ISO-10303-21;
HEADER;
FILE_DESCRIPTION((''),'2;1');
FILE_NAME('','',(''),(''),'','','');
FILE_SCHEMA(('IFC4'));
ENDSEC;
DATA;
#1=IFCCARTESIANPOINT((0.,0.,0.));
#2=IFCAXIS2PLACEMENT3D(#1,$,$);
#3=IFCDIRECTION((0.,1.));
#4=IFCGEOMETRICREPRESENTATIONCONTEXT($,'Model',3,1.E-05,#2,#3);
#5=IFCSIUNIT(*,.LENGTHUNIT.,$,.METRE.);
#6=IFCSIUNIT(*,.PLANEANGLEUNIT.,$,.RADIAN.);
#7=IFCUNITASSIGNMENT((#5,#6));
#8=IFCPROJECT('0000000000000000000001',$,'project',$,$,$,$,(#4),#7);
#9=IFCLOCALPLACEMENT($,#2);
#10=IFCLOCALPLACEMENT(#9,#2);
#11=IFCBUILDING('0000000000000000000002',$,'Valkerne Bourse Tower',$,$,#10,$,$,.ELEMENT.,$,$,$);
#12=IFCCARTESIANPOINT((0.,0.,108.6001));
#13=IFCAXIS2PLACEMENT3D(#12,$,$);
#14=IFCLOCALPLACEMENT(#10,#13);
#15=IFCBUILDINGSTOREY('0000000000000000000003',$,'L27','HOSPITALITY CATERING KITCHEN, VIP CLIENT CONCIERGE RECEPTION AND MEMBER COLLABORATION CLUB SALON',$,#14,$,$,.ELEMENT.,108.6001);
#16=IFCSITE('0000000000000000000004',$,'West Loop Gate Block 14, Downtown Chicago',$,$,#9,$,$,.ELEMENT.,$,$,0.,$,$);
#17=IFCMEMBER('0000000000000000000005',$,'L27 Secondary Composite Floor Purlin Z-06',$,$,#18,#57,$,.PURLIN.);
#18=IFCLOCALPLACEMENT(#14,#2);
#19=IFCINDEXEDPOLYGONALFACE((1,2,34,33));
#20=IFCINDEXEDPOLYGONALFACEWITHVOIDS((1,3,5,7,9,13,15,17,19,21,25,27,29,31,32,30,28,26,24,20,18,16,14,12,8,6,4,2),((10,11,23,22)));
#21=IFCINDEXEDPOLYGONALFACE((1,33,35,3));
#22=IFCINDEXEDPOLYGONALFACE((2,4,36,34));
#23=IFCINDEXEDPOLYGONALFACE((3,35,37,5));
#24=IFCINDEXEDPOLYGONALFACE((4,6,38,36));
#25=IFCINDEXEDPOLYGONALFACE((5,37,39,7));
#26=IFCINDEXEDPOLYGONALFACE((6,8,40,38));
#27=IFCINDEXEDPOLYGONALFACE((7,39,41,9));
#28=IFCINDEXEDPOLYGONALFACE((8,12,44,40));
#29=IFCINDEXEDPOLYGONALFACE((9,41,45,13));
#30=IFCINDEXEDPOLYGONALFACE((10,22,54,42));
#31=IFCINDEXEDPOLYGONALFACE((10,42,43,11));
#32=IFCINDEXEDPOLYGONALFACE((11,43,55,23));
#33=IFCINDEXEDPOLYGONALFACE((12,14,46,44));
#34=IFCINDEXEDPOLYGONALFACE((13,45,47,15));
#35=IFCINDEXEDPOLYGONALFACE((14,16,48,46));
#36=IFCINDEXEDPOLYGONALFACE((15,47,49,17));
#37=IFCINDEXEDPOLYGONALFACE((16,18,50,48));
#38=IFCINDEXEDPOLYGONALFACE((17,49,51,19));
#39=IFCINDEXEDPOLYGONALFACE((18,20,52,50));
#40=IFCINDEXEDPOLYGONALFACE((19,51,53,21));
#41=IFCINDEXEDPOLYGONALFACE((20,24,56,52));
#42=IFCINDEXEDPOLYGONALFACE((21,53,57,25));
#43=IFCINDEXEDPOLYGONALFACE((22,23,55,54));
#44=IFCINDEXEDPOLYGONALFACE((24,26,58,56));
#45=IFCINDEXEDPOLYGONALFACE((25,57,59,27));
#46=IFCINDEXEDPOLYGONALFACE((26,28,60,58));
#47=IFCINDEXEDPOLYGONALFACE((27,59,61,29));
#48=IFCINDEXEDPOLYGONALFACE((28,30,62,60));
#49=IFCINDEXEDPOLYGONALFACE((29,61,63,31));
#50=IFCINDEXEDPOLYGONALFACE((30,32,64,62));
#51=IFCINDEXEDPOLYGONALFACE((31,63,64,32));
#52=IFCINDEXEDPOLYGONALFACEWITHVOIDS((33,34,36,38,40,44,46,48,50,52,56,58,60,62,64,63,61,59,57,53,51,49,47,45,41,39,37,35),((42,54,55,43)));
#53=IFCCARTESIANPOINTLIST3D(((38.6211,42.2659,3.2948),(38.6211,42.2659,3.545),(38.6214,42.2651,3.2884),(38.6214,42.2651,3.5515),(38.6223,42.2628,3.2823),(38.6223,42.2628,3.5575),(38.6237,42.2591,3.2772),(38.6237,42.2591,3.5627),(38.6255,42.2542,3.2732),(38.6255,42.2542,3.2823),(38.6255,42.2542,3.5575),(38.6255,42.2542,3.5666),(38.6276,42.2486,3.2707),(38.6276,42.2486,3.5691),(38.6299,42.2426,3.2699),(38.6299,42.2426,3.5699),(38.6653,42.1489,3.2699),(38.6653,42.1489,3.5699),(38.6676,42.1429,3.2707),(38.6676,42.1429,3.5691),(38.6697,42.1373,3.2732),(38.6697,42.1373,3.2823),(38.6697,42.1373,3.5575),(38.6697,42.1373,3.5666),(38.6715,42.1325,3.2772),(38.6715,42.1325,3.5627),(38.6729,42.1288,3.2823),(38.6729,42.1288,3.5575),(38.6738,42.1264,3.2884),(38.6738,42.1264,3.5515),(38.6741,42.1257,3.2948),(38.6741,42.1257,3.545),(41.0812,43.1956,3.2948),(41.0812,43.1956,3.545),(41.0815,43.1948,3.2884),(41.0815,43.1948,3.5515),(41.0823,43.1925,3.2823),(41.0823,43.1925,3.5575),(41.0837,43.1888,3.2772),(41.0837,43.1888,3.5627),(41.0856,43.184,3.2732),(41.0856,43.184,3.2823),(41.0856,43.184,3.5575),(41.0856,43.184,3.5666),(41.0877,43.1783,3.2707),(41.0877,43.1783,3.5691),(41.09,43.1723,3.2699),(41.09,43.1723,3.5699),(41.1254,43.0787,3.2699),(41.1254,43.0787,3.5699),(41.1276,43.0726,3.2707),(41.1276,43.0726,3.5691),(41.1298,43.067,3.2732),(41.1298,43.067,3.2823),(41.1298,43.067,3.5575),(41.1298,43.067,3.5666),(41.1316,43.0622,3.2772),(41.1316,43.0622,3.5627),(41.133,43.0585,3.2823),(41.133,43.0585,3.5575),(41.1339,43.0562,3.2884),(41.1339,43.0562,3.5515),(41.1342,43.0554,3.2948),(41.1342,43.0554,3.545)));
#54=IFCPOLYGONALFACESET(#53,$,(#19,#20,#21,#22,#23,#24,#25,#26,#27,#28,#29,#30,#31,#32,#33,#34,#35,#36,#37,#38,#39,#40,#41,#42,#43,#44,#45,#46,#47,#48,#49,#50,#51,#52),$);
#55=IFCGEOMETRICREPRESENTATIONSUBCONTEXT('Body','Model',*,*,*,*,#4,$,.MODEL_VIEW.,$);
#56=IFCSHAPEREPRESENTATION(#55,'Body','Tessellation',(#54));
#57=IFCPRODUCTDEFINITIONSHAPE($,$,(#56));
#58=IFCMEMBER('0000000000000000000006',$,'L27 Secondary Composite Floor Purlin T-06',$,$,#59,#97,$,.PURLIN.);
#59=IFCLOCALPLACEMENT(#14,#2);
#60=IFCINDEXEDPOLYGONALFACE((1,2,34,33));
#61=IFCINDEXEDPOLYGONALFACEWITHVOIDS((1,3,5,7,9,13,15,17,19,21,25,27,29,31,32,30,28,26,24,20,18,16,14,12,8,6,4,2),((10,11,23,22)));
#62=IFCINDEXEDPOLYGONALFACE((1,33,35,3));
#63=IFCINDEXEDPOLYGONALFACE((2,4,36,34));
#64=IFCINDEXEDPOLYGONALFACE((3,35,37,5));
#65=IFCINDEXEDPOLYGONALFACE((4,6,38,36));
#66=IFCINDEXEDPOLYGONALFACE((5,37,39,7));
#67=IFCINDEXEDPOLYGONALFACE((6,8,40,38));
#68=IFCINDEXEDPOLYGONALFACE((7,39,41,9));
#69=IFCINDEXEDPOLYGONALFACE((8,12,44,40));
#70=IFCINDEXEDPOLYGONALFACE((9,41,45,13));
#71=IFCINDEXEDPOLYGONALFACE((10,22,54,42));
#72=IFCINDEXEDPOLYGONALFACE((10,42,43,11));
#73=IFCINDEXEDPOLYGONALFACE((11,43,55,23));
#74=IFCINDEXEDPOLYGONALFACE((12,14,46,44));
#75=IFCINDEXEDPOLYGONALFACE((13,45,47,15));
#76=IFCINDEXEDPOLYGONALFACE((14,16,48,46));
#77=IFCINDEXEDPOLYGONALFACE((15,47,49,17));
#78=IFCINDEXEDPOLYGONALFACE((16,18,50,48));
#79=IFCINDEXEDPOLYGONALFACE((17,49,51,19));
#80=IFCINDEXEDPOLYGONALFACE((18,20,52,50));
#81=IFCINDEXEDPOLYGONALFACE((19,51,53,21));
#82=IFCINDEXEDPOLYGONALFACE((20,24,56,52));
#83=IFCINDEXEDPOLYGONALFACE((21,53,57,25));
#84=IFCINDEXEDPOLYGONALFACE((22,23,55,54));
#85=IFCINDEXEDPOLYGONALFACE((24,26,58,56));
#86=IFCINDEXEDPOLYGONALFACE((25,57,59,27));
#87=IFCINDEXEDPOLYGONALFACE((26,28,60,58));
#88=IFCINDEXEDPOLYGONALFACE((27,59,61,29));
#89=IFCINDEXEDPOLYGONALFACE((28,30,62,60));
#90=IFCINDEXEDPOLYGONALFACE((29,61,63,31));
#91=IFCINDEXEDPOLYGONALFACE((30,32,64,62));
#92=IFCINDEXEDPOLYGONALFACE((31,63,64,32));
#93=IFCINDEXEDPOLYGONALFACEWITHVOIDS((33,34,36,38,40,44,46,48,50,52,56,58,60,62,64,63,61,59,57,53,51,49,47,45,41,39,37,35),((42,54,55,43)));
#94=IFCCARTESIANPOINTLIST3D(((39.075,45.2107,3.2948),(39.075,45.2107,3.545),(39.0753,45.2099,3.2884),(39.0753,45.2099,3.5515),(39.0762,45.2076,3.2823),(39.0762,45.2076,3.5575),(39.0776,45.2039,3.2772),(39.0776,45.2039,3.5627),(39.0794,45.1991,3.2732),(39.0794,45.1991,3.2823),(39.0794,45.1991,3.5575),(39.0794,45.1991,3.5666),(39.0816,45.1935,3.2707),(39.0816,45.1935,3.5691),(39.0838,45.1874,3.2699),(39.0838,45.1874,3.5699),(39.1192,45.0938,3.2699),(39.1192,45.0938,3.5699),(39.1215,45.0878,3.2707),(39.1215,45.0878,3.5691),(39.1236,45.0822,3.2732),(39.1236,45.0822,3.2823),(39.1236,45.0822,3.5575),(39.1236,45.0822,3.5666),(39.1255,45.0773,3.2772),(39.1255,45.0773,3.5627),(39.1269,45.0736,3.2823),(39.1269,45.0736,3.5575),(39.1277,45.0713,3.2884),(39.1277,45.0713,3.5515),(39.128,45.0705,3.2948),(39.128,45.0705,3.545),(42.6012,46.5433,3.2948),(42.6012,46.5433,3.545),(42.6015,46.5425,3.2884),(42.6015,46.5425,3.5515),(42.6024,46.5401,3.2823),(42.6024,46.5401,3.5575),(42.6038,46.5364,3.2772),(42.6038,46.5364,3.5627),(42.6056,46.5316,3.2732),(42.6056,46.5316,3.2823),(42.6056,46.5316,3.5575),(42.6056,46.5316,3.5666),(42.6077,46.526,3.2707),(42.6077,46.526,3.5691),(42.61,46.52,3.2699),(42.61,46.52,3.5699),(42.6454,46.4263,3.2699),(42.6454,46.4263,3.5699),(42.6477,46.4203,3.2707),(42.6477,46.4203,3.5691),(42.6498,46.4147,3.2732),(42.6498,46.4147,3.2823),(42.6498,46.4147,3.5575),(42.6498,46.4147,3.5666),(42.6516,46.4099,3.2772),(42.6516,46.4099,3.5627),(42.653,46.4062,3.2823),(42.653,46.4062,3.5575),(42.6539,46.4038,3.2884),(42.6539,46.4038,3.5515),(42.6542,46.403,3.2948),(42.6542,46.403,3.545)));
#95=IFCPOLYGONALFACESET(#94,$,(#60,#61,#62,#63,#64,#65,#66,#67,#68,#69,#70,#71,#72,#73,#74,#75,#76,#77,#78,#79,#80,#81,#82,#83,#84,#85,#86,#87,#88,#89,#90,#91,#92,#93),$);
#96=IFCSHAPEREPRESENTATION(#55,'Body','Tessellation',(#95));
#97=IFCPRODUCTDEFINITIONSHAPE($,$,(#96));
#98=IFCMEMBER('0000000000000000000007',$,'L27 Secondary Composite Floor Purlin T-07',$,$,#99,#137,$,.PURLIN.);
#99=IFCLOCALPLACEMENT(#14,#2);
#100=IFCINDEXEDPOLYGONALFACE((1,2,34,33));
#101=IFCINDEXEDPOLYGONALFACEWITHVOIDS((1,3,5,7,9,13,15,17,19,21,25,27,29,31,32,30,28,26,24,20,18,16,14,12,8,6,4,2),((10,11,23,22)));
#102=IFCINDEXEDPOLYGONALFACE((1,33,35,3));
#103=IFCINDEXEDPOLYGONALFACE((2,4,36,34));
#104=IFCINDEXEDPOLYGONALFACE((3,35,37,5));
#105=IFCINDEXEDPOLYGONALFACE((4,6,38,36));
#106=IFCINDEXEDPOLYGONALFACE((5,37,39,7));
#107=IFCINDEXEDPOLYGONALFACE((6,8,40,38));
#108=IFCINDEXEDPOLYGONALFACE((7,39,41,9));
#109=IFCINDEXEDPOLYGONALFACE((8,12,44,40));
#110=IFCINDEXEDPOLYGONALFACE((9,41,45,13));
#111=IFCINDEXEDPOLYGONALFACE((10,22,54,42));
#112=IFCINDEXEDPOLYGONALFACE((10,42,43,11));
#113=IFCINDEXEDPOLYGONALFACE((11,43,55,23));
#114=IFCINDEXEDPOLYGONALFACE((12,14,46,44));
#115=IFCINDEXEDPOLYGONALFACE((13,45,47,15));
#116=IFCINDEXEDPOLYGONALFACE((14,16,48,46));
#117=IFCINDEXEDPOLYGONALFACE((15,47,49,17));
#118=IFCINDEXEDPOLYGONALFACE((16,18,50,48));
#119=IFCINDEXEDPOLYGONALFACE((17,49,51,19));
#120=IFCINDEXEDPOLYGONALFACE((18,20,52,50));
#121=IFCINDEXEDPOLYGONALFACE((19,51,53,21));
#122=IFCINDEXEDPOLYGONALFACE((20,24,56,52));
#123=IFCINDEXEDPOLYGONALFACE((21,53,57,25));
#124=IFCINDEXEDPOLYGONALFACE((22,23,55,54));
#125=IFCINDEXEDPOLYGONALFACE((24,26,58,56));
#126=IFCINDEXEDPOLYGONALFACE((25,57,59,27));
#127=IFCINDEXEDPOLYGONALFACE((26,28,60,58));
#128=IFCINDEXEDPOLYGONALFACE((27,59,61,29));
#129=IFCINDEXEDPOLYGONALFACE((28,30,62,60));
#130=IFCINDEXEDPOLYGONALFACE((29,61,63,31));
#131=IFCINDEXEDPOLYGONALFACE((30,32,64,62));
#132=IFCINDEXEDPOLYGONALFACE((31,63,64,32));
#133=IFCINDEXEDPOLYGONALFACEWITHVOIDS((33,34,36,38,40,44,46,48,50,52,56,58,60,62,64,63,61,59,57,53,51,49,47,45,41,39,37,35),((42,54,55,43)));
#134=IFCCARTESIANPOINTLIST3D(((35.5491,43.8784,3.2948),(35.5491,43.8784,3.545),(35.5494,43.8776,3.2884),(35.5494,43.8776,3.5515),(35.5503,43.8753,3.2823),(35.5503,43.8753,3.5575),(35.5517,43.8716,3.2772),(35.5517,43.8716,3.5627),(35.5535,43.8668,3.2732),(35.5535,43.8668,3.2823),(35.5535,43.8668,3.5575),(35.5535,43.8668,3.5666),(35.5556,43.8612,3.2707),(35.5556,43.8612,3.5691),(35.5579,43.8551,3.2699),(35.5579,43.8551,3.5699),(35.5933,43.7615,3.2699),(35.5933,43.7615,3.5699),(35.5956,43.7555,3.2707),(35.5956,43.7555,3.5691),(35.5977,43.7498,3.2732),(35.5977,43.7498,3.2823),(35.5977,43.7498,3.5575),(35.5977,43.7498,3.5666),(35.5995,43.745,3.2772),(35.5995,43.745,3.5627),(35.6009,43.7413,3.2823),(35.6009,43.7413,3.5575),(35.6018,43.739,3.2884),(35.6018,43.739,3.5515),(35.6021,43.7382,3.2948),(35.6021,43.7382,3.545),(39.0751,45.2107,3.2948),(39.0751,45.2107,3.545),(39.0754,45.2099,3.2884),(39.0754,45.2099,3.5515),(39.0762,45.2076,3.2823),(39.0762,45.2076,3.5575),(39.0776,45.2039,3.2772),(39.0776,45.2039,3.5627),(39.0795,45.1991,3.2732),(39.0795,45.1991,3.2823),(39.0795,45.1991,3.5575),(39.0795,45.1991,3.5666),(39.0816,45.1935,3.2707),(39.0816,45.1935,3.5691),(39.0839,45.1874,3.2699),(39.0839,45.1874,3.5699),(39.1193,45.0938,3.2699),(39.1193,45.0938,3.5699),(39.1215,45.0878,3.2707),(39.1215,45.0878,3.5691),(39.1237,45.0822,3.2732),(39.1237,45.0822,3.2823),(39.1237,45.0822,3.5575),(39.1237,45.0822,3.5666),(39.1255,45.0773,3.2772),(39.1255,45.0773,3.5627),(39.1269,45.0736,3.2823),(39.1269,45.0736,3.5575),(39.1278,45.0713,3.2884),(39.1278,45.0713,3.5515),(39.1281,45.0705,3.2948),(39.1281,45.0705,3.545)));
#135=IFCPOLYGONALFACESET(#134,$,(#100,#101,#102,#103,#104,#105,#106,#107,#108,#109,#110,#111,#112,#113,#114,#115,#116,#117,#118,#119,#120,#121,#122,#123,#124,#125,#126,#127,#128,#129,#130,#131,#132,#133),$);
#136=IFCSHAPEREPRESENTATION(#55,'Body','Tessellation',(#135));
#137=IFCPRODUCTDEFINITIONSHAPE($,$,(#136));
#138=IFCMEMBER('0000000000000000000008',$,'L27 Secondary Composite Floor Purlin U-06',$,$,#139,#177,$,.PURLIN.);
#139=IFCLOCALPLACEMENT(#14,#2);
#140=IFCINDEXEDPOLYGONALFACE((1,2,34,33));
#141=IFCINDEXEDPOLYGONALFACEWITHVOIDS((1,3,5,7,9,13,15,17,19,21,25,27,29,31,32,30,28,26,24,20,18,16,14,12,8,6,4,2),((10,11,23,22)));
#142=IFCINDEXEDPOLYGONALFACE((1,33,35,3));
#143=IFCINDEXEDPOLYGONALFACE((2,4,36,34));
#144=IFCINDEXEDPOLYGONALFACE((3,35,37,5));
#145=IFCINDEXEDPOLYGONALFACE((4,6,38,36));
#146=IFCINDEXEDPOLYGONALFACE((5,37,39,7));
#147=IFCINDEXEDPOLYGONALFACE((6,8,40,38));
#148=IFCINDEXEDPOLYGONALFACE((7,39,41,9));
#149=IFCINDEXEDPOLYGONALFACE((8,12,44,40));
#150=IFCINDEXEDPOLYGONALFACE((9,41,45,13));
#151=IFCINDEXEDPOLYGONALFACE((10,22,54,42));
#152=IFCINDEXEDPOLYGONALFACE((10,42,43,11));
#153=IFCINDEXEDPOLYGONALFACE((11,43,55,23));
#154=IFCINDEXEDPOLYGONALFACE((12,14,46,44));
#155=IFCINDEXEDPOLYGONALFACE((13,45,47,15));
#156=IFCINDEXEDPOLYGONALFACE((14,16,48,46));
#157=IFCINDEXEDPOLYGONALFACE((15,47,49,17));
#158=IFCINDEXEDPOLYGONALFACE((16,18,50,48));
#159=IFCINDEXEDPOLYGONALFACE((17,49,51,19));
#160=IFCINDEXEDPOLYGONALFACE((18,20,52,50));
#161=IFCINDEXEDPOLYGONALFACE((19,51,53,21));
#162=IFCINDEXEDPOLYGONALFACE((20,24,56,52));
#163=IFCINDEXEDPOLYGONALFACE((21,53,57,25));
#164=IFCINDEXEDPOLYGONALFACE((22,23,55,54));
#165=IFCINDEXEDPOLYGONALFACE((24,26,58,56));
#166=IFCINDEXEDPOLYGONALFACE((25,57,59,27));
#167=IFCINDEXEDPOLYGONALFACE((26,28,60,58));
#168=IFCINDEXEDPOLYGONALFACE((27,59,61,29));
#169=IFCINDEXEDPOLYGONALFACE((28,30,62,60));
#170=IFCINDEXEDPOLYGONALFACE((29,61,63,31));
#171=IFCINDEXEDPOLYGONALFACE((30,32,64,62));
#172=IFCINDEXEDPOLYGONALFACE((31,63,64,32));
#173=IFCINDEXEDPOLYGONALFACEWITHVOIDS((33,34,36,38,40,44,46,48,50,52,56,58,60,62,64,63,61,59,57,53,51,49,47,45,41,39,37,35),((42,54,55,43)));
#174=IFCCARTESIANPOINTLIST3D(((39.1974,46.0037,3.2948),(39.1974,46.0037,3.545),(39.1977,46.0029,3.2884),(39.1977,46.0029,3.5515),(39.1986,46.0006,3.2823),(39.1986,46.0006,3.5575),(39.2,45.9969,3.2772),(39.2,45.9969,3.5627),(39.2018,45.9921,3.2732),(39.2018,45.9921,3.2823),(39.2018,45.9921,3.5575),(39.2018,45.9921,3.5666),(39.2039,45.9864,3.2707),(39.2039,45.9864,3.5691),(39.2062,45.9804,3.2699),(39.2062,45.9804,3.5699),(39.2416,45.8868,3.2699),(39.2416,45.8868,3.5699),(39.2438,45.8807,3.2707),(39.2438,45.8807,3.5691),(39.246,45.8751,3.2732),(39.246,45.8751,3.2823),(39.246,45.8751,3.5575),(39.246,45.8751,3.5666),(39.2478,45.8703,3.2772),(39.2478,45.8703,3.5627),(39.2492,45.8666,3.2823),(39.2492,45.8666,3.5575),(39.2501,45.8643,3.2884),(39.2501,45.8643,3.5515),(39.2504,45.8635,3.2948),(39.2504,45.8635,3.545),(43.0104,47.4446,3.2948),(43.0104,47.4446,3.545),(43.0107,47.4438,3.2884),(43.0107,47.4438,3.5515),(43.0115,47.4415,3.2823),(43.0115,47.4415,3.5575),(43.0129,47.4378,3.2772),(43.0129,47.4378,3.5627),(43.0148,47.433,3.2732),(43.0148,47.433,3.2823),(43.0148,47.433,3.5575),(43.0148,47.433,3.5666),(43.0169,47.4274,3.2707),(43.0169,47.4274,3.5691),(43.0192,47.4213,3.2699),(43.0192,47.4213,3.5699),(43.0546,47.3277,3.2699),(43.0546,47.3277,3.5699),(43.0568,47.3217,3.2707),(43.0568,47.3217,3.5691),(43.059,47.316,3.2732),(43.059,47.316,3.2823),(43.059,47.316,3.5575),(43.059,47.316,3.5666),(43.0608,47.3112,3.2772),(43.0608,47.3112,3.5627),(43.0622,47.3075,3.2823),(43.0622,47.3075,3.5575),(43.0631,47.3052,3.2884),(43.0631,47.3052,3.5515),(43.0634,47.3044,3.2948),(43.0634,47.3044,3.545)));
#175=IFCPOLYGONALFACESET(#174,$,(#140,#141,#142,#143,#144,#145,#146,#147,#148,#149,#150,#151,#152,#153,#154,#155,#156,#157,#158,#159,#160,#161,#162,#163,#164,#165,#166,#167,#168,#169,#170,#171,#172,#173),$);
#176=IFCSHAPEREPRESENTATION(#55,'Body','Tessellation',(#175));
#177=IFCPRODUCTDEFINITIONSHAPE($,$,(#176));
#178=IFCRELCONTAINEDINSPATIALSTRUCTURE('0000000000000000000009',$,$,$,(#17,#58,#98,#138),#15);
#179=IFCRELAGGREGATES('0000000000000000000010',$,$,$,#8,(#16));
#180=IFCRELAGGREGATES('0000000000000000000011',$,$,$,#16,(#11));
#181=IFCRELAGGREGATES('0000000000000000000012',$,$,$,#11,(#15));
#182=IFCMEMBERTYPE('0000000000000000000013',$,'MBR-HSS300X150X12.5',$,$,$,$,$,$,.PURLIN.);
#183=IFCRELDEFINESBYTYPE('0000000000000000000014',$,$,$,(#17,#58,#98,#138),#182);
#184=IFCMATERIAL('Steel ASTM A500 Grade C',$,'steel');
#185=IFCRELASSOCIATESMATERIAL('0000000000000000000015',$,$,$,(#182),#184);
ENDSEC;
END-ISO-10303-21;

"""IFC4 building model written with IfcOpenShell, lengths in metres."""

from ifc_helpers import new_model, si_unit, direction, frame, origin, origin_2d, place, context, subcontext, project, spatial, hollow_rectangle, extrude, material, material_profile, profile_set, type_object, element, save


model = new_model("IFC4")

# Units and contexts
model_context = context("Model", 3, precision=1e-05, world=origin(), true_north=direction((0.0, 1.0)))
body_context = subcontext(model_context, "Body", "Model", "MODEL_VIEW")
ifc_project = project(units=[si_unit("LENGTHUNIT", "METRE"), si_unit("PLANEANGLEUNIT", "RADIAN")], contexts=[model_context])

# Site, building, storey
site_placement = place(None, origin())
site = spatial("IfcSite", under=ifc_project, at=site_placement, Name="West Loop Gate Block 14, Downtown Chicago", CompositionType="ELEMENT", RefElevation=0.0)
building_placement = place(site_placement, origin())
building = spatial("IfcBuilding", under=site, at=building_placement, Name="Valkerne Bourse Tower", CompositionType="ELEMENT")
storey_placement = place(building_placement, frame((0.0, 0.0, 108.6001)))
storey = spatial("IfcBuildingStorey", under=building, at=storey_placement, Name="L27", Description="HOSPITALITY CATERING KITCHEN, VIP CLIENT CONCIERGE RECEPTION AND MEMBER COLLABORATION CLUB SALON", CompositionType="ELEMENT", Elevation=108.6001)

# Members
ifc_material_1 = material(Name="Steel ASTM A500 Grade C", Category="steel")
ifc_material_profile_1 = material_profile(ifc_material_1, hollow_rectangle(XDim=0.1499, YDim=0.3, WallThickness=0.0125, OuterFilletRadius=0.0249, at=origin_2d()), Name="HSS300X150X12.5")
ifc_profile_set_1 = profile_set([ifc_material_profile_1], Name="Steel ASTM A500 Grade C")
member_type_1 = type_object("IfcMemberType", Name="MBR-HSS300X150X12.5", PredefinedType="PURLIN", material=ifc_profile_set_1)
member_1_placement = place(storey_placement, frame((41.1077, 43.1255, 3.4199), z_axis=(-0.935426, -0.353523, 0.0), x_axis=(0.353523, -0.935426, 0.0)))
element("IfcMember", 1, at=member_1_placement, inside=storey, type_object=member_type_1, Name="L27 Secondary Composite Floor Purlin Z-06", PredefinedType="PURLIN", context=body_context, shape_type="SweptSolid", body=[
    extrude(hollow_rectangle(XDim=0.1499, YDim=0.3, WallThickness=0.0125, OuterFilletRadius=0.0249, at=origin_2d()), origin(), (0.0, 0.0, 1.0), 2.6299),
])
member_2_placement = place(storey_placement, frame((42.6277, 46.4731, 3.4199), z_axis=(-0.935434, -0.3535, 0.0), x_axis=(0.3535, -0.935434, 0.0)))
element("IfcMember", 2, at=member_2_placement, inside=storey, type_object=member_type_1, Name="L27 Secondary Composite Floor Purlin T-06", PredefinedType="PURLIN", context=body_context, shape_type="SweptSolid", body=[
    extrude(hollow_rectangle(XDim=0.1499, YDim=0.3, WallThickness=0.0125, OuterFilletRadius=0.0249, at=origin_2d()), origin(), (0.0, 0.0, 1.0), 3.7695),
])
member_3_placement = place(storey_placement, frame((39.1016, 45.1406, 3.4199), z_axis=(-0.935448, -0.353465, 0.0), x_axis=(0.353465, -0.935448, 0.0)))
element("IfcMember", 3, at=member_3_placement, inside=storey, type_object=member_type_1, Name="L27 Secondary Composite Floor Purlin T-07", PredefinedType="PURLIN", context=body_context, shape_type="SweptSolid", body=[
    extrude(hollow_rectangle(XDim=0.1499, YDim=0.3, WallThickness=0.0125, OuterFilletRadius=0.0249, at=origin_2d()), origin(), (0.0, 0.0, 1.0), 3.7693),
])
for number, where, z_axis, x_axis, name in (
    (4, (43.0369, 47.3745, 3.4199), (-0.935435, -0.353498, 0.0), (0.353498, -0.935435, 0.0), "L27 Secondary Composite Floor Purlin U-06"),
):
    element("IfcMember", number, at=place(storey_placement, frame(where, z_axis=z_axis, x_axis=x_axis)), inside=storey, type_object=member_type_1, Name=name, PredefinedType="PURLIN", context=body_context, shape_type="SweptSolid", body=[
        extrude(hollow_rectangle(XDim=0.1499, YDim=0.3, WallThickness=0.0125, OuterFilletRadius=0.0249, at=origin_2d()), origin(), (0.0, 0.0, 1.0), 4.0762),
    ])

save(model, "model.ifc")
